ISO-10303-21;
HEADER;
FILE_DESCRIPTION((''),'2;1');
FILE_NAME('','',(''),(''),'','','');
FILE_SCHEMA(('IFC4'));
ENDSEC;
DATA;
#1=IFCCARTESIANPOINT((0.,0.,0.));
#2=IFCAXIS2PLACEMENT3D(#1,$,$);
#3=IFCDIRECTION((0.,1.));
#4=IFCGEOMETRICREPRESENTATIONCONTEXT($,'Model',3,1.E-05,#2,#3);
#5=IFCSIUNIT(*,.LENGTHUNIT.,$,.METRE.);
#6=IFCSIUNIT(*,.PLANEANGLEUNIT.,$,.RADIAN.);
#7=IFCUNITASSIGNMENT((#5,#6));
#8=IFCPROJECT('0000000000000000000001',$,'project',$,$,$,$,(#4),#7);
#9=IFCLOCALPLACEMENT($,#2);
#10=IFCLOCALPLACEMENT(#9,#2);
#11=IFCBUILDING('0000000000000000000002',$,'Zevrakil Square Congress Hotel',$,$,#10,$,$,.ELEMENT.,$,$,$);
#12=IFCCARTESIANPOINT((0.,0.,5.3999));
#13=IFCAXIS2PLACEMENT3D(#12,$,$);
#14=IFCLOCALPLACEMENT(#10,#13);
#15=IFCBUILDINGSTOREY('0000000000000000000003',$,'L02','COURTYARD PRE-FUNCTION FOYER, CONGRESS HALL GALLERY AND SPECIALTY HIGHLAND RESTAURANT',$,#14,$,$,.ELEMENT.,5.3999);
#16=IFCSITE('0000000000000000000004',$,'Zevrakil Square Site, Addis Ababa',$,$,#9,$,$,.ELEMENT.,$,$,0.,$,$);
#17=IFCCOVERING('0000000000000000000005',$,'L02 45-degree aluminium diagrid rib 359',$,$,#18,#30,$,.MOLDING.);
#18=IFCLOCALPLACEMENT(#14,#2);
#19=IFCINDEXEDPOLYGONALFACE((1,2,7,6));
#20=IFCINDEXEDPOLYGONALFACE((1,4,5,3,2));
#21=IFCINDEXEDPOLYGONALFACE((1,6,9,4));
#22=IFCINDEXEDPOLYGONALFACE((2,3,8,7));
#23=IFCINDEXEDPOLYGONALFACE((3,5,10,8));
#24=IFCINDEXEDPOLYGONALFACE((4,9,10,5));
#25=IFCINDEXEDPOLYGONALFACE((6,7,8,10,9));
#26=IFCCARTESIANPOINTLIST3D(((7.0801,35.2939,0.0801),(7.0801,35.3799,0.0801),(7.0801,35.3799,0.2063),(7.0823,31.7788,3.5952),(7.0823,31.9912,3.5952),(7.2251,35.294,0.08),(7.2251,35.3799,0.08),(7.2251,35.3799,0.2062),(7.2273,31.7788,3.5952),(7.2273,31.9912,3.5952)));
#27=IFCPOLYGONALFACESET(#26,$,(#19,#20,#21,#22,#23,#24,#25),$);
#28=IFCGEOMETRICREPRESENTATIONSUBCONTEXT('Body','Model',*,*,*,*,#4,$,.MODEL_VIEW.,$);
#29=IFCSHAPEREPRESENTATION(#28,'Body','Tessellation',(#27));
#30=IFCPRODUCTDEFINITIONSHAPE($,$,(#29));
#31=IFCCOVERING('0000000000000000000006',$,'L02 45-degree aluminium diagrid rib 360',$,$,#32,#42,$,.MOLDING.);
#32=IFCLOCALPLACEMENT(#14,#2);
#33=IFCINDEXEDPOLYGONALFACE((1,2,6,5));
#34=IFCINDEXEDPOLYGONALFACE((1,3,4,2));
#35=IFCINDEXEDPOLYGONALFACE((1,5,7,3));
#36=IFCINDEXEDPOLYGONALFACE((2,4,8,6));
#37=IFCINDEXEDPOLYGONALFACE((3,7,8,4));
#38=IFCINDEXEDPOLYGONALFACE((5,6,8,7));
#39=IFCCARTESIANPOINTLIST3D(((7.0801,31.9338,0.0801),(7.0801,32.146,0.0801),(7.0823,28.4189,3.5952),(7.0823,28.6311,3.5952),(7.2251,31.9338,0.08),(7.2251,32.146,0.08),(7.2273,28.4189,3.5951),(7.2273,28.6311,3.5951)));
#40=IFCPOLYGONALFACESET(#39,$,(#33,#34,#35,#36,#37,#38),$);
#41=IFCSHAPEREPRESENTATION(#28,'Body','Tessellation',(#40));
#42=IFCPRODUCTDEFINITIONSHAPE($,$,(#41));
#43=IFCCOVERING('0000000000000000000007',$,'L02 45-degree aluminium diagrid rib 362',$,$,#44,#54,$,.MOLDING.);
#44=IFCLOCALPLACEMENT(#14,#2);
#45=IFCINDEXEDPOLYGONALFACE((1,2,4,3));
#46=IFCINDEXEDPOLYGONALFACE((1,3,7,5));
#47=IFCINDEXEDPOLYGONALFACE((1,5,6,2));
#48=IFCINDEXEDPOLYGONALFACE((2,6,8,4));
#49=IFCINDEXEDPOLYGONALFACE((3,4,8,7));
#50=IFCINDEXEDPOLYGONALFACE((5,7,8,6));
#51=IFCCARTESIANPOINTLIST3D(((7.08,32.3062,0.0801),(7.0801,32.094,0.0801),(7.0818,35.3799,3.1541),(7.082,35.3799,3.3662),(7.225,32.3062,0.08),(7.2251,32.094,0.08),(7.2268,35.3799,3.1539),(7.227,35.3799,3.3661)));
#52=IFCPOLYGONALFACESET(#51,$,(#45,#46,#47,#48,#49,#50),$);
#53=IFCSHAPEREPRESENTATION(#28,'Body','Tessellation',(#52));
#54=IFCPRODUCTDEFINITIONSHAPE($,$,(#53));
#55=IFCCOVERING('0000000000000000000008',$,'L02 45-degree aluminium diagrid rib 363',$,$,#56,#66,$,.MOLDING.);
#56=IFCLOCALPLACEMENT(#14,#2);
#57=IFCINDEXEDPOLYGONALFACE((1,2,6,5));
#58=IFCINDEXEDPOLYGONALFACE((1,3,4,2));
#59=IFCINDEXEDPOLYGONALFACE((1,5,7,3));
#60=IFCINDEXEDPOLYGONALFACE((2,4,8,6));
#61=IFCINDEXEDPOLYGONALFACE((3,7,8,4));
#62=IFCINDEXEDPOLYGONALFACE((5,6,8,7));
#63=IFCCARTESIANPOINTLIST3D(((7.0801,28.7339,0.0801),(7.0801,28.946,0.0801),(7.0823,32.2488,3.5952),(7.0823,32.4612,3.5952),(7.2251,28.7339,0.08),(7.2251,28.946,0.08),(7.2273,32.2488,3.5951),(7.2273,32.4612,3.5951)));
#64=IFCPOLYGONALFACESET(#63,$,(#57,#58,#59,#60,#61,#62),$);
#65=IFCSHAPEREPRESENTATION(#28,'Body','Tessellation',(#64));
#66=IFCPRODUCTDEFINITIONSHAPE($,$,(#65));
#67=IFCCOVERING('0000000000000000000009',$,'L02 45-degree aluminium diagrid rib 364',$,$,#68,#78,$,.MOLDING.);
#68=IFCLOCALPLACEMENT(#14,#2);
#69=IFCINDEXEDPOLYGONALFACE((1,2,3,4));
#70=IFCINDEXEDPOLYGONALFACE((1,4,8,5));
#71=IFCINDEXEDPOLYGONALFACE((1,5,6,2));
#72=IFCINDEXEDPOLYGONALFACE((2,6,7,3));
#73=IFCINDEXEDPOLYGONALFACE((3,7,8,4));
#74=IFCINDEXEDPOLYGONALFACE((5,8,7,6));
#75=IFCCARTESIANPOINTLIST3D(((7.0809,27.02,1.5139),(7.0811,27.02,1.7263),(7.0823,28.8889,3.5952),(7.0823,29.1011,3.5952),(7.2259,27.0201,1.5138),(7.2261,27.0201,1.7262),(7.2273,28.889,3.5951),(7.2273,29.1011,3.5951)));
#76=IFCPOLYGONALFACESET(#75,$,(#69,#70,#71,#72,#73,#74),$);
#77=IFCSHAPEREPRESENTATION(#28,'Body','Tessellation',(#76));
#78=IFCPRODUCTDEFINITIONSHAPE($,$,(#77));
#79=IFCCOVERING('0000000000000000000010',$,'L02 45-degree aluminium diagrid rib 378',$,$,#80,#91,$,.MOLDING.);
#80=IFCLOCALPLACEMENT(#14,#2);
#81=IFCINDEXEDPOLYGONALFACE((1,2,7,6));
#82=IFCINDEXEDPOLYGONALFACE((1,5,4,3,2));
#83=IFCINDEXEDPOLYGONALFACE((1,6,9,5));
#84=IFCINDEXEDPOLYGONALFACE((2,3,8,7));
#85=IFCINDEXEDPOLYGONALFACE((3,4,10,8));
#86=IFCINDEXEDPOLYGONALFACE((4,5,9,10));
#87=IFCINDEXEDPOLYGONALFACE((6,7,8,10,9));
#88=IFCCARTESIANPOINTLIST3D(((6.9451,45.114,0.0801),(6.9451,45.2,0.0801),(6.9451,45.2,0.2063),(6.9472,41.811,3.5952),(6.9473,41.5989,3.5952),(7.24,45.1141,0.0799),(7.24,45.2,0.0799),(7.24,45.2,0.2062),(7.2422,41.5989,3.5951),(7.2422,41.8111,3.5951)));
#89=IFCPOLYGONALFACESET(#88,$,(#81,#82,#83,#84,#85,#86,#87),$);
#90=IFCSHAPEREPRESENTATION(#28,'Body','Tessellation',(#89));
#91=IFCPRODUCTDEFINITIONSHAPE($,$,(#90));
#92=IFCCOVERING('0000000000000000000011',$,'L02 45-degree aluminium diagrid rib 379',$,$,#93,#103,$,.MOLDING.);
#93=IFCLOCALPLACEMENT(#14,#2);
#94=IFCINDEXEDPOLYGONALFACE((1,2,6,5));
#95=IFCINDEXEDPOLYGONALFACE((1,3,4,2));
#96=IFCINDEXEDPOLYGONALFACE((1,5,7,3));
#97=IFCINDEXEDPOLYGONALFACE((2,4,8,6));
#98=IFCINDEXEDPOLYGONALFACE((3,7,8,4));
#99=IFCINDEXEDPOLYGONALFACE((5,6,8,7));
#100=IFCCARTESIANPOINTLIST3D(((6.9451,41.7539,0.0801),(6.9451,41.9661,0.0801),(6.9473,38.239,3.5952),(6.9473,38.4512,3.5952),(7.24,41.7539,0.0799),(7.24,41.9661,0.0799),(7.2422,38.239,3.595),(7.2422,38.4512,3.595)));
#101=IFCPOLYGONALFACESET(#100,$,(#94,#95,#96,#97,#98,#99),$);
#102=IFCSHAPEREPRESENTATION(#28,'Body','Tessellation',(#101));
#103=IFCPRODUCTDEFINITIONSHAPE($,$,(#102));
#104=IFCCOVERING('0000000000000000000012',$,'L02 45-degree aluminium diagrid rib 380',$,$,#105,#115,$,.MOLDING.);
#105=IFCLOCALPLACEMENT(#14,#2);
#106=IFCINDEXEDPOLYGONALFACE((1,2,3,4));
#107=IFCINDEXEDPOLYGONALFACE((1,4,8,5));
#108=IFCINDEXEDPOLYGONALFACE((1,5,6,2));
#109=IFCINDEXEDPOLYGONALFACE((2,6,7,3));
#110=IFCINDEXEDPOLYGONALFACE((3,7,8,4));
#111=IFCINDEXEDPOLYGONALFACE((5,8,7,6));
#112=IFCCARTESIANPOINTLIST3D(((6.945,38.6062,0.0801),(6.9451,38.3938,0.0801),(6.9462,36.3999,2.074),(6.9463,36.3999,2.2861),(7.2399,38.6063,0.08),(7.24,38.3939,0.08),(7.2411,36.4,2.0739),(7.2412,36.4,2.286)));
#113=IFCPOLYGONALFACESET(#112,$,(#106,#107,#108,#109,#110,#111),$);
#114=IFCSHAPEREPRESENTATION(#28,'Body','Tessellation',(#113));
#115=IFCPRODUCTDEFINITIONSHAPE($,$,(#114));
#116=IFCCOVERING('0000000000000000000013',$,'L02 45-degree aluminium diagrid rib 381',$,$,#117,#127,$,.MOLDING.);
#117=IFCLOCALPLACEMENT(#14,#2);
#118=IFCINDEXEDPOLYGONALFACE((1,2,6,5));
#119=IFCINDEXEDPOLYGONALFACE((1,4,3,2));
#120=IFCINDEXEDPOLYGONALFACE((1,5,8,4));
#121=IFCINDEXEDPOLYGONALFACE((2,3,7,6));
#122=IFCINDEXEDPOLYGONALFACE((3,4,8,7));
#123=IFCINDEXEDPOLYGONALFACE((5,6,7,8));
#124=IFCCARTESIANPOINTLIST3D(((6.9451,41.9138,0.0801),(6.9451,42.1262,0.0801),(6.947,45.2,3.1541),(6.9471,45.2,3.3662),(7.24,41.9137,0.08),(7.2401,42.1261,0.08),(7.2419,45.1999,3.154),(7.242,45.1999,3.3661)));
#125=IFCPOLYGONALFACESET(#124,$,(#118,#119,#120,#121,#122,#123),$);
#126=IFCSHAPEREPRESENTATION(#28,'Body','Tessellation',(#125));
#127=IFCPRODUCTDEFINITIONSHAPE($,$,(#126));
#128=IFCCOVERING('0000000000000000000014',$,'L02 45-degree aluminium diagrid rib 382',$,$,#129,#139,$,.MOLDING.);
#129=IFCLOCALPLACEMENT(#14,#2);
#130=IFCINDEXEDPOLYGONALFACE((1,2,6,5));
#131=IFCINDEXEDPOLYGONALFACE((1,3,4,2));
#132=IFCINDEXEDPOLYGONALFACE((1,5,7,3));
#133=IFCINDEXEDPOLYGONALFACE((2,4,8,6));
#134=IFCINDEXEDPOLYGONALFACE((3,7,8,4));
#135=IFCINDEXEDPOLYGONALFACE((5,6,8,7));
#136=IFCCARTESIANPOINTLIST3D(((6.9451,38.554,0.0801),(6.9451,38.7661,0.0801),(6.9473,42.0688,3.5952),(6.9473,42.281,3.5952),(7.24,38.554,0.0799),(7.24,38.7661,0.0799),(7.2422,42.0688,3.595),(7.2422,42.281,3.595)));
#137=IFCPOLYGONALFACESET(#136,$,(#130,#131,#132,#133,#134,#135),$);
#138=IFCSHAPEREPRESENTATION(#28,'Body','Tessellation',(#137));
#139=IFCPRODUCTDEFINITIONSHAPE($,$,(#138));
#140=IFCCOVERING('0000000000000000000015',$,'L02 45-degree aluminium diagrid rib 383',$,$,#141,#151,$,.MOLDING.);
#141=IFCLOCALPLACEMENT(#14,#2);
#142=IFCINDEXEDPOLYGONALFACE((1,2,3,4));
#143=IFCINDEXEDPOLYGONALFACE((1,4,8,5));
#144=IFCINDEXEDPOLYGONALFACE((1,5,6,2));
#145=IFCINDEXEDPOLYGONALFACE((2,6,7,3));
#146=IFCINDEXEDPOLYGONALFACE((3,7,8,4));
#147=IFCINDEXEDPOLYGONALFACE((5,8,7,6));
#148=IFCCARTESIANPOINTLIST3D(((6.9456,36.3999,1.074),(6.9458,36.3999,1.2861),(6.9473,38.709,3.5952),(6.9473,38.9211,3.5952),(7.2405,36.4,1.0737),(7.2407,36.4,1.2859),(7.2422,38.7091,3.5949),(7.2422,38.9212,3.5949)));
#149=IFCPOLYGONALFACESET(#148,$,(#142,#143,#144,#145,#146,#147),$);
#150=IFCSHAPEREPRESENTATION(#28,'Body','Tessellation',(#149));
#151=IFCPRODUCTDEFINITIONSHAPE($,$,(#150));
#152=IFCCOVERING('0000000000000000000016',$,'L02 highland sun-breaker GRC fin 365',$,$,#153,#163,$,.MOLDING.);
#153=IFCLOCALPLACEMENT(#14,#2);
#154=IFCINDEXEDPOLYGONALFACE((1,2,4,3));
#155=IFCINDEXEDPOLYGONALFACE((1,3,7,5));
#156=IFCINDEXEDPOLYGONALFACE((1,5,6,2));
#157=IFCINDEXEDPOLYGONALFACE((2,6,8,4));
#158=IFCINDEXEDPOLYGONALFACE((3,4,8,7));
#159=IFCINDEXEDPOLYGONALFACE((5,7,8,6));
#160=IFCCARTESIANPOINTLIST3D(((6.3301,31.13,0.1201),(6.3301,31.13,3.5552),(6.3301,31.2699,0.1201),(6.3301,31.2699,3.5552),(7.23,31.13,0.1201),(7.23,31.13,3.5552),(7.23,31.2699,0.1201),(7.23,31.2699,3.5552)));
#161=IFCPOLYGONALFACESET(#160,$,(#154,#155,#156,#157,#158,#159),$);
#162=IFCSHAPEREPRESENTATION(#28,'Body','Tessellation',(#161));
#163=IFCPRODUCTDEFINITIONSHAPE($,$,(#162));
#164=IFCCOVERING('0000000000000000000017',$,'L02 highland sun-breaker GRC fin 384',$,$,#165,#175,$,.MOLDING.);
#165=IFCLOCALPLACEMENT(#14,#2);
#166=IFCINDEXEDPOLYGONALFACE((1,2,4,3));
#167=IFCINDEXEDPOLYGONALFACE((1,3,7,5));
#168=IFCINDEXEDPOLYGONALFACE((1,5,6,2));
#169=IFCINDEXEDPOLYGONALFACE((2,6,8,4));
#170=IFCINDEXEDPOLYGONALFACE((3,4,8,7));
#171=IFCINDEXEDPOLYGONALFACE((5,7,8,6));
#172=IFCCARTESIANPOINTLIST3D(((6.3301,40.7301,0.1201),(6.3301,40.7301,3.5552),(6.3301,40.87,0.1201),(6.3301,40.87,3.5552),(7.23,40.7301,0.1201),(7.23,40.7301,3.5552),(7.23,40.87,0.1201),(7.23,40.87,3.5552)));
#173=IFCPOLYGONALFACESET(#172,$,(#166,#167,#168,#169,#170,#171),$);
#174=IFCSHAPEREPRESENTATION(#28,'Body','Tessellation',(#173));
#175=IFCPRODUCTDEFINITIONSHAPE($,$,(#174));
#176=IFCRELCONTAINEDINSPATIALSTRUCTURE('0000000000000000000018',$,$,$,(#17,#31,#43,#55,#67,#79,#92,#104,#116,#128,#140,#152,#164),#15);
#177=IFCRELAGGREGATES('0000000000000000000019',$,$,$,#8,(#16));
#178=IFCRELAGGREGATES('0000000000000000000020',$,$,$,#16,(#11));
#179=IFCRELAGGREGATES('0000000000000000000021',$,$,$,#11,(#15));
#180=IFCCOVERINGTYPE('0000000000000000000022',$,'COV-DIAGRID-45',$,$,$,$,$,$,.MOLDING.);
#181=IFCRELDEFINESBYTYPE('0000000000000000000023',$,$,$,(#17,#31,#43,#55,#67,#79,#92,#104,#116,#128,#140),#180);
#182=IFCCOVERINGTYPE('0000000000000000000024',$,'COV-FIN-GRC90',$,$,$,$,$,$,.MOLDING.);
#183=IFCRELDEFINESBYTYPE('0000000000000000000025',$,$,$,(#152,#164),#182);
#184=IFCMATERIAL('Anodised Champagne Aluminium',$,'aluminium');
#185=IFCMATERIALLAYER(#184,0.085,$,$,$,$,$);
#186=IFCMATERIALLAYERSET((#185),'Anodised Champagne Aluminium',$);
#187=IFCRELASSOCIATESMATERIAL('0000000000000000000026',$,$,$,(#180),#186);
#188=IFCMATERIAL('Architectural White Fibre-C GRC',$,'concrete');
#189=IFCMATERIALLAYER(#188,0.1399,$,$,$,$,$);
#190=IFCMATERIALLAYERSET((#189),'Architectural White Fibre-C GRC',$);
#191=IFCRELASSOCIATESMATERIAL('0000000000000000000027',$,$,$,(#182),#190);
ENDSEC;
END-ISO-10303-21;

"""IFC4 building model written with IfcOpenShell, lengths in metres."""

from ifc_helpers import new_model, si_unit, direction, frame, origin, origin_2d, place, context, subcontext, project, spatial, polyline, rectangle, outline, extrude, material, layer, layer_set, type_object, element, save


model = new_model("IFC4")

# Units and contexts
model_context = context("Model", 3, precision=1e-05, world=origin(), true_north=direction((0.0, 1.0)))
body_context = subcontext(model_context, "Body", "Model", "MODEL_VIEW")
ifc_project = project(units=[si_unit("LENGTHUNIT", "METRE"), si_unit("PLANEANGLEUNIT", "RADIAN")], contexts=[model_context])

# Site, building, storey
site_placement = place(None, origin())
site = spatial("IfcSite", under=ifc_project, at=site_placement, Name="Zevrakil Square Site, Addis Ababa", CompositionType="ELEMENT", RefElevation=0.0)
building_placement = place(site_placement, origin())
building = spatial("IfcBuilding", under=site, at=building_placement, Name="Zevrakil Square Congress Hotel", CompositionType="ELEMENT")
storey_placement = place(building_placement, frame((0.0, 0.0, 5.3999)))
storey = spatial("IfcBuildingStorey", under=building, at=storey_placement, Name="L02", Description="COURTYARD PRE-FUNCTION FOYER, CONGRESS HALL GALLERY AND SPECIALTY HIGHLAND RESTAURANT", CompositionType="ELEMENT", Elevation=5.3999)

# Coverings
ifc_material_1 = material(Name="Anodised Champagne Aluminium", Category="aluminium")
ifc_layer_1 = layer(ifc_material_1, 0.085)
ifc_layer_set_1 = layer_set([ifc_layer_1], Name="Anodised Champagne Aluminium")
covering_type_1 = type_object("IfcCoveringType", Name="COV-DIAGRID-45", PredefinedType="MOLDING", material=ifc_layer_set_1)
covering_1_placement = place(storey_placement, frame((7.0801, 35.2939, 0.0801), z_axis=(-1.0, -0.000188, 0.000444), x_axis=(-0.000188, 1.0, 0.0)))
element("IfcCovering", 1, at=covering_1_placement, inside=storey, type_object=covering_type_1, Name="L02 45-degree aluminium diagrid rib 359", PredefinedType="MOLDING", context=body_context, shape_type="SweptSolid", body=[
    extrude(outline(polyline([(0.0, 0.0), (0.0859, 0.0), (0.0859, -0.1262), (-3.3027, -3.5151), (-3.5151, -3.5151), (0.0, 0.0)])), origin(), (0.0, 0.0, -1.0), 0.145),
])
covering_2_placement = place(storey_placement, frame((7.0801, 31.9338, 0.0801), z_axis=(-1.0, 0.0, 0.000625), x_axis=(0.0, 1.0, 0.0)))
element("IfcCovering", 2, at=covering_2_placement, inside=storey, type_object=covering_type_1, Name="L02 45-degree aluminium diagrid rib 360", PredefinedType="MOLDING", context=body_context, shape_type="SweptSolid", body=[
    extrude(outline(polyline([(0.0, 0.0), (0.2122, 0.0), (-3.3027, -3.5151), (-3.5149, -3.5151), (0.0, 0.0)])), origin(), (0.0, 0.0, -1.0), 0.145),
])
covering_3_placement = place(storey_placement, frame((7.0818, 35.3799, 3.1541), z_axis=(-1.0, -0.000287, 0.000863), x_axis=(0.000863, 0.0, 1.0)))
element("IfcCovering", 3, at=covering_3_placement, inside=storey, type_object=covering_type_1, Name="L02 45-degree aluminium diagrid rib 362", PredefinedType="MOLDING", context=body_context, shape_type="SweptSolid", body=[
    extrude(outline(polyline([(0.0, 0.0), (0.2122, 0.0), (-3.074, -3.2859), (-3.074, -3.0737), (0.0, 0.0)])), origin(), (0.0, 0.0, -1.0), 0.145),
])
covering_4_placement = place(storey_placement, frame((7.0823, 32.4612, 3.5952), z_axis=(-1.0, 0.0, 0.000625), x_axis=(0.0, -1.0, 0.0)))
element("IfcCovering", 4, at=covering_4_placement, inside=storey, type_object=covering_type_1, Name="L02 45-degree aluminium diagrid rib 363", PredefinedType="MOLDING", context=body_context, shape_type="SweptSolid", body=[
    extrude(outline(polyline([(0.0, 0.0), (0.2124, 0.0), (3.7273, -3.5151), (3.5151, -3.5151), (0.0, 0.0)])), origin(), (0.0, 0.0, -1.0), 0.145),
])
covering_5_placement = place(storey_placement, frame((7.0823, 29.1011, 3.5952), z_axis=(-1.0, -0.000235, 0.000915), x_axis=(0.000235, -1.0, 0.0)))
element("IfcCovering", 5, at=covering_5_placement, inside=storey, type_object=covering_type_1, Name="L02 45-degree aluminium diagrid rib 364", PredefinedType="MOLDING", context=body_context, shape_type="SweptSolid", body=[
    extrude(outline(polyline([(0.0, 0.0), (0.2122, 0.0), (2.0811, -1.8689), (2.0811, -2.0813), (0.0, 0.0)])), origin(), (0.0, 0.0, -1.0), 0.145),
])
covering_6_placement = place(storey_placement, frame((6.9451, 45.114, 0.0801), z_axis=(-1.0, -0.000188, 0.000444), x_axis=(-0.000188, 1.0, 0.0)))
element("IfcCovering", 6, at=covering_6_placement, inside=storey, type_object=covering_type_1, Name="L02 45-degree aluminium diagrid rib 378", PredefinedType="MOLDING", context=body_context, shape_type="SweptSolid", body=[
    extrude(outline(polyline([(0.0, 0.0), (0.0859, 0.0), (0.0859, -0.1262), (-3.303, -3.5151), (-3.5151, -3.5151), (0.0, 0.0)])), origin(), (0.0, 0.0, -1.0), 0.2949),
])
covering_7_placement = place(storey_placement, frame((6.9451, 41.7539, 0.0801), z_axis=(-1.0, 0.0, 0.000625), x_axis=(0.0, 1.0, 0.0)))
element("IfcCovering", 7, at=covering_7_placement, inside=storey, type_object=covering_type_1, Name="L02 45-degree aluminium diagrid rib 379", PredefinedType="MOLDING", context=body_context, shape_type="SweptSolid", body=[
    extrude(outline(polyline([(0.0, 0.0), (0.2122, 0.0), (-3.3027, -3.5151), (-3.5149, -3.5151), (0.0, 0.0)])), origin(), (0.0, 0.0, -1.0), 0.2949),
])
covering_8_placement = place(storey_placement, frame((6.9451, 38.3938, 0.0801), z_axis=(-1.0, -0.00029, 0.000291), x_axis=(-0.00029, 1.0, 0.0)))
element("IfcCovering", 8, at=covering_8_placement, inside=storey, type_object=covering_type_1, Name="L02 45-degree aluminium diagrid rib 380", PredefinedType="MOLDING", context=body_context, shape_type="SweptSolid", body=[
    extrude(outline(polyline([(0.0, 0.0), (0.2124, 0.0), (-1.9939, -2.2061), (-1.9939, -1.9939), (0.0, 0.0)])), origin(), (0.0, 0.0, -1.0), 0.2949),
])
covering_9_placement = place(storey_placement, frame((6.947, 45.2, 3.1541), z_axis=(-1.0, 0.000307, 0.000307), x_axis=(0.000307, 0.0, 1.0)))
element("IfcCovering", 9, at=covering_9_placement, inside=storey, type_object=covering_type_1, Name="L02 45-degree aluminium diagrid rib 381", PredefinedType="MOLDING", context=body_context, shape_type="SweptSolid", body=[
    extrude(outline(polyline([(0.0, 0.0), (0.2122, 0.0), (-3.074, -3.2861), (-3.074, -3.0737), (0.0, 0.0)])), origin(), (0.0, 0.0, -1.0), 0.2949),
])
covering_10_placement = place(storey_placement, frame((6.9473, 42.281, 3.5952), z_axis=(-1.0, 0.0, 0.000625), x_axis=(0.0, -1.0, 0.0)))
element("IfcCovering", 10, at=covering_10_placement, inside=storey, type_object=covering_type_1, Name="L02 45-degree aluminium diagrid rib 382", PredefinedType="MOLDING", context=body_context, shape_type="SweptSolid", body=[
    extrude(outline(polyline([(0.0, 0.0), (0.2122, 0.0), (3.7271, -3.5151), (3.5149, -3.5151), (0.0, 0.0)])), origin(), (0.0, 0.0, -1.0), 0.2949),
])
covering_11_placement = place(storey_placement, frame((6.9473, 38.9211, 3.5952), z_axis=(-1.0, -0.000247, 0.000904), x_axis=(0.000247, -1.0, 0.0)))
element("IfcCovering", 11, at=covering_11_placement, inside=storey, type_object=covering_type_1, Name="L02 45-degree aluminium diagrid rib 383", PredefinedType="MOLDING", context=body_context, shape_type="SweptSolid", body=[
    extrude(outline(polyline([(0.0, 0.0), (0.2122, 0.0), (2.5212, -2.3091), (2.5212, -2.5212), (0.0, 0.0)])), origin(), (0.0, 0.0, -1.0), 0.2949),
])
ifc_material_2 = material(Name="Architectural White Fibre-C GRC", Category="concrete")
ifc_layer_2 = layer(ifc_material_2, 0.1399)
ifc_layer_set_2 = layer_set([ifc_layer_2], Name="Architectural White Fibre-C GRC")
covering_type_2 = type_object("IfcCoveringType", Name="COV-FIN-GRC90", PredefinedType="MOLDING", material=ifc_layer_set_2)
for number, where, z_axis, x_axis, name in (
    (12, (6.78, 31.2, 0.1201), (0.0, 0.0, 1.0), (-1.0, 0.0, 0.0), "L02 highland sun-breaker GRC fin 365"),
    (13, (6.78, 40.8, 0.1201), (0.0, 0.0, 1.0), (-1.0, 0.0, 0.0), "L02 highland sun-breaker GRC fin 384"),
):
    element("IfcCovering", number, at=place(storey_placement, frame(where, z_axis=z_axis, x_axis=x_axis)), inside=storey, type_object=covering_type_2, Name=name, PredefinedType="MOLDING", context=body_context, shape_type="SweptSolid", body=[
        extrude(rectangle(XDim=0.8999, YDim=0.1399, at=origin_2d()), origin(), (0.0, 0.0, 1.0), 3.4351),
    ])

save(model, "model.ifc")
